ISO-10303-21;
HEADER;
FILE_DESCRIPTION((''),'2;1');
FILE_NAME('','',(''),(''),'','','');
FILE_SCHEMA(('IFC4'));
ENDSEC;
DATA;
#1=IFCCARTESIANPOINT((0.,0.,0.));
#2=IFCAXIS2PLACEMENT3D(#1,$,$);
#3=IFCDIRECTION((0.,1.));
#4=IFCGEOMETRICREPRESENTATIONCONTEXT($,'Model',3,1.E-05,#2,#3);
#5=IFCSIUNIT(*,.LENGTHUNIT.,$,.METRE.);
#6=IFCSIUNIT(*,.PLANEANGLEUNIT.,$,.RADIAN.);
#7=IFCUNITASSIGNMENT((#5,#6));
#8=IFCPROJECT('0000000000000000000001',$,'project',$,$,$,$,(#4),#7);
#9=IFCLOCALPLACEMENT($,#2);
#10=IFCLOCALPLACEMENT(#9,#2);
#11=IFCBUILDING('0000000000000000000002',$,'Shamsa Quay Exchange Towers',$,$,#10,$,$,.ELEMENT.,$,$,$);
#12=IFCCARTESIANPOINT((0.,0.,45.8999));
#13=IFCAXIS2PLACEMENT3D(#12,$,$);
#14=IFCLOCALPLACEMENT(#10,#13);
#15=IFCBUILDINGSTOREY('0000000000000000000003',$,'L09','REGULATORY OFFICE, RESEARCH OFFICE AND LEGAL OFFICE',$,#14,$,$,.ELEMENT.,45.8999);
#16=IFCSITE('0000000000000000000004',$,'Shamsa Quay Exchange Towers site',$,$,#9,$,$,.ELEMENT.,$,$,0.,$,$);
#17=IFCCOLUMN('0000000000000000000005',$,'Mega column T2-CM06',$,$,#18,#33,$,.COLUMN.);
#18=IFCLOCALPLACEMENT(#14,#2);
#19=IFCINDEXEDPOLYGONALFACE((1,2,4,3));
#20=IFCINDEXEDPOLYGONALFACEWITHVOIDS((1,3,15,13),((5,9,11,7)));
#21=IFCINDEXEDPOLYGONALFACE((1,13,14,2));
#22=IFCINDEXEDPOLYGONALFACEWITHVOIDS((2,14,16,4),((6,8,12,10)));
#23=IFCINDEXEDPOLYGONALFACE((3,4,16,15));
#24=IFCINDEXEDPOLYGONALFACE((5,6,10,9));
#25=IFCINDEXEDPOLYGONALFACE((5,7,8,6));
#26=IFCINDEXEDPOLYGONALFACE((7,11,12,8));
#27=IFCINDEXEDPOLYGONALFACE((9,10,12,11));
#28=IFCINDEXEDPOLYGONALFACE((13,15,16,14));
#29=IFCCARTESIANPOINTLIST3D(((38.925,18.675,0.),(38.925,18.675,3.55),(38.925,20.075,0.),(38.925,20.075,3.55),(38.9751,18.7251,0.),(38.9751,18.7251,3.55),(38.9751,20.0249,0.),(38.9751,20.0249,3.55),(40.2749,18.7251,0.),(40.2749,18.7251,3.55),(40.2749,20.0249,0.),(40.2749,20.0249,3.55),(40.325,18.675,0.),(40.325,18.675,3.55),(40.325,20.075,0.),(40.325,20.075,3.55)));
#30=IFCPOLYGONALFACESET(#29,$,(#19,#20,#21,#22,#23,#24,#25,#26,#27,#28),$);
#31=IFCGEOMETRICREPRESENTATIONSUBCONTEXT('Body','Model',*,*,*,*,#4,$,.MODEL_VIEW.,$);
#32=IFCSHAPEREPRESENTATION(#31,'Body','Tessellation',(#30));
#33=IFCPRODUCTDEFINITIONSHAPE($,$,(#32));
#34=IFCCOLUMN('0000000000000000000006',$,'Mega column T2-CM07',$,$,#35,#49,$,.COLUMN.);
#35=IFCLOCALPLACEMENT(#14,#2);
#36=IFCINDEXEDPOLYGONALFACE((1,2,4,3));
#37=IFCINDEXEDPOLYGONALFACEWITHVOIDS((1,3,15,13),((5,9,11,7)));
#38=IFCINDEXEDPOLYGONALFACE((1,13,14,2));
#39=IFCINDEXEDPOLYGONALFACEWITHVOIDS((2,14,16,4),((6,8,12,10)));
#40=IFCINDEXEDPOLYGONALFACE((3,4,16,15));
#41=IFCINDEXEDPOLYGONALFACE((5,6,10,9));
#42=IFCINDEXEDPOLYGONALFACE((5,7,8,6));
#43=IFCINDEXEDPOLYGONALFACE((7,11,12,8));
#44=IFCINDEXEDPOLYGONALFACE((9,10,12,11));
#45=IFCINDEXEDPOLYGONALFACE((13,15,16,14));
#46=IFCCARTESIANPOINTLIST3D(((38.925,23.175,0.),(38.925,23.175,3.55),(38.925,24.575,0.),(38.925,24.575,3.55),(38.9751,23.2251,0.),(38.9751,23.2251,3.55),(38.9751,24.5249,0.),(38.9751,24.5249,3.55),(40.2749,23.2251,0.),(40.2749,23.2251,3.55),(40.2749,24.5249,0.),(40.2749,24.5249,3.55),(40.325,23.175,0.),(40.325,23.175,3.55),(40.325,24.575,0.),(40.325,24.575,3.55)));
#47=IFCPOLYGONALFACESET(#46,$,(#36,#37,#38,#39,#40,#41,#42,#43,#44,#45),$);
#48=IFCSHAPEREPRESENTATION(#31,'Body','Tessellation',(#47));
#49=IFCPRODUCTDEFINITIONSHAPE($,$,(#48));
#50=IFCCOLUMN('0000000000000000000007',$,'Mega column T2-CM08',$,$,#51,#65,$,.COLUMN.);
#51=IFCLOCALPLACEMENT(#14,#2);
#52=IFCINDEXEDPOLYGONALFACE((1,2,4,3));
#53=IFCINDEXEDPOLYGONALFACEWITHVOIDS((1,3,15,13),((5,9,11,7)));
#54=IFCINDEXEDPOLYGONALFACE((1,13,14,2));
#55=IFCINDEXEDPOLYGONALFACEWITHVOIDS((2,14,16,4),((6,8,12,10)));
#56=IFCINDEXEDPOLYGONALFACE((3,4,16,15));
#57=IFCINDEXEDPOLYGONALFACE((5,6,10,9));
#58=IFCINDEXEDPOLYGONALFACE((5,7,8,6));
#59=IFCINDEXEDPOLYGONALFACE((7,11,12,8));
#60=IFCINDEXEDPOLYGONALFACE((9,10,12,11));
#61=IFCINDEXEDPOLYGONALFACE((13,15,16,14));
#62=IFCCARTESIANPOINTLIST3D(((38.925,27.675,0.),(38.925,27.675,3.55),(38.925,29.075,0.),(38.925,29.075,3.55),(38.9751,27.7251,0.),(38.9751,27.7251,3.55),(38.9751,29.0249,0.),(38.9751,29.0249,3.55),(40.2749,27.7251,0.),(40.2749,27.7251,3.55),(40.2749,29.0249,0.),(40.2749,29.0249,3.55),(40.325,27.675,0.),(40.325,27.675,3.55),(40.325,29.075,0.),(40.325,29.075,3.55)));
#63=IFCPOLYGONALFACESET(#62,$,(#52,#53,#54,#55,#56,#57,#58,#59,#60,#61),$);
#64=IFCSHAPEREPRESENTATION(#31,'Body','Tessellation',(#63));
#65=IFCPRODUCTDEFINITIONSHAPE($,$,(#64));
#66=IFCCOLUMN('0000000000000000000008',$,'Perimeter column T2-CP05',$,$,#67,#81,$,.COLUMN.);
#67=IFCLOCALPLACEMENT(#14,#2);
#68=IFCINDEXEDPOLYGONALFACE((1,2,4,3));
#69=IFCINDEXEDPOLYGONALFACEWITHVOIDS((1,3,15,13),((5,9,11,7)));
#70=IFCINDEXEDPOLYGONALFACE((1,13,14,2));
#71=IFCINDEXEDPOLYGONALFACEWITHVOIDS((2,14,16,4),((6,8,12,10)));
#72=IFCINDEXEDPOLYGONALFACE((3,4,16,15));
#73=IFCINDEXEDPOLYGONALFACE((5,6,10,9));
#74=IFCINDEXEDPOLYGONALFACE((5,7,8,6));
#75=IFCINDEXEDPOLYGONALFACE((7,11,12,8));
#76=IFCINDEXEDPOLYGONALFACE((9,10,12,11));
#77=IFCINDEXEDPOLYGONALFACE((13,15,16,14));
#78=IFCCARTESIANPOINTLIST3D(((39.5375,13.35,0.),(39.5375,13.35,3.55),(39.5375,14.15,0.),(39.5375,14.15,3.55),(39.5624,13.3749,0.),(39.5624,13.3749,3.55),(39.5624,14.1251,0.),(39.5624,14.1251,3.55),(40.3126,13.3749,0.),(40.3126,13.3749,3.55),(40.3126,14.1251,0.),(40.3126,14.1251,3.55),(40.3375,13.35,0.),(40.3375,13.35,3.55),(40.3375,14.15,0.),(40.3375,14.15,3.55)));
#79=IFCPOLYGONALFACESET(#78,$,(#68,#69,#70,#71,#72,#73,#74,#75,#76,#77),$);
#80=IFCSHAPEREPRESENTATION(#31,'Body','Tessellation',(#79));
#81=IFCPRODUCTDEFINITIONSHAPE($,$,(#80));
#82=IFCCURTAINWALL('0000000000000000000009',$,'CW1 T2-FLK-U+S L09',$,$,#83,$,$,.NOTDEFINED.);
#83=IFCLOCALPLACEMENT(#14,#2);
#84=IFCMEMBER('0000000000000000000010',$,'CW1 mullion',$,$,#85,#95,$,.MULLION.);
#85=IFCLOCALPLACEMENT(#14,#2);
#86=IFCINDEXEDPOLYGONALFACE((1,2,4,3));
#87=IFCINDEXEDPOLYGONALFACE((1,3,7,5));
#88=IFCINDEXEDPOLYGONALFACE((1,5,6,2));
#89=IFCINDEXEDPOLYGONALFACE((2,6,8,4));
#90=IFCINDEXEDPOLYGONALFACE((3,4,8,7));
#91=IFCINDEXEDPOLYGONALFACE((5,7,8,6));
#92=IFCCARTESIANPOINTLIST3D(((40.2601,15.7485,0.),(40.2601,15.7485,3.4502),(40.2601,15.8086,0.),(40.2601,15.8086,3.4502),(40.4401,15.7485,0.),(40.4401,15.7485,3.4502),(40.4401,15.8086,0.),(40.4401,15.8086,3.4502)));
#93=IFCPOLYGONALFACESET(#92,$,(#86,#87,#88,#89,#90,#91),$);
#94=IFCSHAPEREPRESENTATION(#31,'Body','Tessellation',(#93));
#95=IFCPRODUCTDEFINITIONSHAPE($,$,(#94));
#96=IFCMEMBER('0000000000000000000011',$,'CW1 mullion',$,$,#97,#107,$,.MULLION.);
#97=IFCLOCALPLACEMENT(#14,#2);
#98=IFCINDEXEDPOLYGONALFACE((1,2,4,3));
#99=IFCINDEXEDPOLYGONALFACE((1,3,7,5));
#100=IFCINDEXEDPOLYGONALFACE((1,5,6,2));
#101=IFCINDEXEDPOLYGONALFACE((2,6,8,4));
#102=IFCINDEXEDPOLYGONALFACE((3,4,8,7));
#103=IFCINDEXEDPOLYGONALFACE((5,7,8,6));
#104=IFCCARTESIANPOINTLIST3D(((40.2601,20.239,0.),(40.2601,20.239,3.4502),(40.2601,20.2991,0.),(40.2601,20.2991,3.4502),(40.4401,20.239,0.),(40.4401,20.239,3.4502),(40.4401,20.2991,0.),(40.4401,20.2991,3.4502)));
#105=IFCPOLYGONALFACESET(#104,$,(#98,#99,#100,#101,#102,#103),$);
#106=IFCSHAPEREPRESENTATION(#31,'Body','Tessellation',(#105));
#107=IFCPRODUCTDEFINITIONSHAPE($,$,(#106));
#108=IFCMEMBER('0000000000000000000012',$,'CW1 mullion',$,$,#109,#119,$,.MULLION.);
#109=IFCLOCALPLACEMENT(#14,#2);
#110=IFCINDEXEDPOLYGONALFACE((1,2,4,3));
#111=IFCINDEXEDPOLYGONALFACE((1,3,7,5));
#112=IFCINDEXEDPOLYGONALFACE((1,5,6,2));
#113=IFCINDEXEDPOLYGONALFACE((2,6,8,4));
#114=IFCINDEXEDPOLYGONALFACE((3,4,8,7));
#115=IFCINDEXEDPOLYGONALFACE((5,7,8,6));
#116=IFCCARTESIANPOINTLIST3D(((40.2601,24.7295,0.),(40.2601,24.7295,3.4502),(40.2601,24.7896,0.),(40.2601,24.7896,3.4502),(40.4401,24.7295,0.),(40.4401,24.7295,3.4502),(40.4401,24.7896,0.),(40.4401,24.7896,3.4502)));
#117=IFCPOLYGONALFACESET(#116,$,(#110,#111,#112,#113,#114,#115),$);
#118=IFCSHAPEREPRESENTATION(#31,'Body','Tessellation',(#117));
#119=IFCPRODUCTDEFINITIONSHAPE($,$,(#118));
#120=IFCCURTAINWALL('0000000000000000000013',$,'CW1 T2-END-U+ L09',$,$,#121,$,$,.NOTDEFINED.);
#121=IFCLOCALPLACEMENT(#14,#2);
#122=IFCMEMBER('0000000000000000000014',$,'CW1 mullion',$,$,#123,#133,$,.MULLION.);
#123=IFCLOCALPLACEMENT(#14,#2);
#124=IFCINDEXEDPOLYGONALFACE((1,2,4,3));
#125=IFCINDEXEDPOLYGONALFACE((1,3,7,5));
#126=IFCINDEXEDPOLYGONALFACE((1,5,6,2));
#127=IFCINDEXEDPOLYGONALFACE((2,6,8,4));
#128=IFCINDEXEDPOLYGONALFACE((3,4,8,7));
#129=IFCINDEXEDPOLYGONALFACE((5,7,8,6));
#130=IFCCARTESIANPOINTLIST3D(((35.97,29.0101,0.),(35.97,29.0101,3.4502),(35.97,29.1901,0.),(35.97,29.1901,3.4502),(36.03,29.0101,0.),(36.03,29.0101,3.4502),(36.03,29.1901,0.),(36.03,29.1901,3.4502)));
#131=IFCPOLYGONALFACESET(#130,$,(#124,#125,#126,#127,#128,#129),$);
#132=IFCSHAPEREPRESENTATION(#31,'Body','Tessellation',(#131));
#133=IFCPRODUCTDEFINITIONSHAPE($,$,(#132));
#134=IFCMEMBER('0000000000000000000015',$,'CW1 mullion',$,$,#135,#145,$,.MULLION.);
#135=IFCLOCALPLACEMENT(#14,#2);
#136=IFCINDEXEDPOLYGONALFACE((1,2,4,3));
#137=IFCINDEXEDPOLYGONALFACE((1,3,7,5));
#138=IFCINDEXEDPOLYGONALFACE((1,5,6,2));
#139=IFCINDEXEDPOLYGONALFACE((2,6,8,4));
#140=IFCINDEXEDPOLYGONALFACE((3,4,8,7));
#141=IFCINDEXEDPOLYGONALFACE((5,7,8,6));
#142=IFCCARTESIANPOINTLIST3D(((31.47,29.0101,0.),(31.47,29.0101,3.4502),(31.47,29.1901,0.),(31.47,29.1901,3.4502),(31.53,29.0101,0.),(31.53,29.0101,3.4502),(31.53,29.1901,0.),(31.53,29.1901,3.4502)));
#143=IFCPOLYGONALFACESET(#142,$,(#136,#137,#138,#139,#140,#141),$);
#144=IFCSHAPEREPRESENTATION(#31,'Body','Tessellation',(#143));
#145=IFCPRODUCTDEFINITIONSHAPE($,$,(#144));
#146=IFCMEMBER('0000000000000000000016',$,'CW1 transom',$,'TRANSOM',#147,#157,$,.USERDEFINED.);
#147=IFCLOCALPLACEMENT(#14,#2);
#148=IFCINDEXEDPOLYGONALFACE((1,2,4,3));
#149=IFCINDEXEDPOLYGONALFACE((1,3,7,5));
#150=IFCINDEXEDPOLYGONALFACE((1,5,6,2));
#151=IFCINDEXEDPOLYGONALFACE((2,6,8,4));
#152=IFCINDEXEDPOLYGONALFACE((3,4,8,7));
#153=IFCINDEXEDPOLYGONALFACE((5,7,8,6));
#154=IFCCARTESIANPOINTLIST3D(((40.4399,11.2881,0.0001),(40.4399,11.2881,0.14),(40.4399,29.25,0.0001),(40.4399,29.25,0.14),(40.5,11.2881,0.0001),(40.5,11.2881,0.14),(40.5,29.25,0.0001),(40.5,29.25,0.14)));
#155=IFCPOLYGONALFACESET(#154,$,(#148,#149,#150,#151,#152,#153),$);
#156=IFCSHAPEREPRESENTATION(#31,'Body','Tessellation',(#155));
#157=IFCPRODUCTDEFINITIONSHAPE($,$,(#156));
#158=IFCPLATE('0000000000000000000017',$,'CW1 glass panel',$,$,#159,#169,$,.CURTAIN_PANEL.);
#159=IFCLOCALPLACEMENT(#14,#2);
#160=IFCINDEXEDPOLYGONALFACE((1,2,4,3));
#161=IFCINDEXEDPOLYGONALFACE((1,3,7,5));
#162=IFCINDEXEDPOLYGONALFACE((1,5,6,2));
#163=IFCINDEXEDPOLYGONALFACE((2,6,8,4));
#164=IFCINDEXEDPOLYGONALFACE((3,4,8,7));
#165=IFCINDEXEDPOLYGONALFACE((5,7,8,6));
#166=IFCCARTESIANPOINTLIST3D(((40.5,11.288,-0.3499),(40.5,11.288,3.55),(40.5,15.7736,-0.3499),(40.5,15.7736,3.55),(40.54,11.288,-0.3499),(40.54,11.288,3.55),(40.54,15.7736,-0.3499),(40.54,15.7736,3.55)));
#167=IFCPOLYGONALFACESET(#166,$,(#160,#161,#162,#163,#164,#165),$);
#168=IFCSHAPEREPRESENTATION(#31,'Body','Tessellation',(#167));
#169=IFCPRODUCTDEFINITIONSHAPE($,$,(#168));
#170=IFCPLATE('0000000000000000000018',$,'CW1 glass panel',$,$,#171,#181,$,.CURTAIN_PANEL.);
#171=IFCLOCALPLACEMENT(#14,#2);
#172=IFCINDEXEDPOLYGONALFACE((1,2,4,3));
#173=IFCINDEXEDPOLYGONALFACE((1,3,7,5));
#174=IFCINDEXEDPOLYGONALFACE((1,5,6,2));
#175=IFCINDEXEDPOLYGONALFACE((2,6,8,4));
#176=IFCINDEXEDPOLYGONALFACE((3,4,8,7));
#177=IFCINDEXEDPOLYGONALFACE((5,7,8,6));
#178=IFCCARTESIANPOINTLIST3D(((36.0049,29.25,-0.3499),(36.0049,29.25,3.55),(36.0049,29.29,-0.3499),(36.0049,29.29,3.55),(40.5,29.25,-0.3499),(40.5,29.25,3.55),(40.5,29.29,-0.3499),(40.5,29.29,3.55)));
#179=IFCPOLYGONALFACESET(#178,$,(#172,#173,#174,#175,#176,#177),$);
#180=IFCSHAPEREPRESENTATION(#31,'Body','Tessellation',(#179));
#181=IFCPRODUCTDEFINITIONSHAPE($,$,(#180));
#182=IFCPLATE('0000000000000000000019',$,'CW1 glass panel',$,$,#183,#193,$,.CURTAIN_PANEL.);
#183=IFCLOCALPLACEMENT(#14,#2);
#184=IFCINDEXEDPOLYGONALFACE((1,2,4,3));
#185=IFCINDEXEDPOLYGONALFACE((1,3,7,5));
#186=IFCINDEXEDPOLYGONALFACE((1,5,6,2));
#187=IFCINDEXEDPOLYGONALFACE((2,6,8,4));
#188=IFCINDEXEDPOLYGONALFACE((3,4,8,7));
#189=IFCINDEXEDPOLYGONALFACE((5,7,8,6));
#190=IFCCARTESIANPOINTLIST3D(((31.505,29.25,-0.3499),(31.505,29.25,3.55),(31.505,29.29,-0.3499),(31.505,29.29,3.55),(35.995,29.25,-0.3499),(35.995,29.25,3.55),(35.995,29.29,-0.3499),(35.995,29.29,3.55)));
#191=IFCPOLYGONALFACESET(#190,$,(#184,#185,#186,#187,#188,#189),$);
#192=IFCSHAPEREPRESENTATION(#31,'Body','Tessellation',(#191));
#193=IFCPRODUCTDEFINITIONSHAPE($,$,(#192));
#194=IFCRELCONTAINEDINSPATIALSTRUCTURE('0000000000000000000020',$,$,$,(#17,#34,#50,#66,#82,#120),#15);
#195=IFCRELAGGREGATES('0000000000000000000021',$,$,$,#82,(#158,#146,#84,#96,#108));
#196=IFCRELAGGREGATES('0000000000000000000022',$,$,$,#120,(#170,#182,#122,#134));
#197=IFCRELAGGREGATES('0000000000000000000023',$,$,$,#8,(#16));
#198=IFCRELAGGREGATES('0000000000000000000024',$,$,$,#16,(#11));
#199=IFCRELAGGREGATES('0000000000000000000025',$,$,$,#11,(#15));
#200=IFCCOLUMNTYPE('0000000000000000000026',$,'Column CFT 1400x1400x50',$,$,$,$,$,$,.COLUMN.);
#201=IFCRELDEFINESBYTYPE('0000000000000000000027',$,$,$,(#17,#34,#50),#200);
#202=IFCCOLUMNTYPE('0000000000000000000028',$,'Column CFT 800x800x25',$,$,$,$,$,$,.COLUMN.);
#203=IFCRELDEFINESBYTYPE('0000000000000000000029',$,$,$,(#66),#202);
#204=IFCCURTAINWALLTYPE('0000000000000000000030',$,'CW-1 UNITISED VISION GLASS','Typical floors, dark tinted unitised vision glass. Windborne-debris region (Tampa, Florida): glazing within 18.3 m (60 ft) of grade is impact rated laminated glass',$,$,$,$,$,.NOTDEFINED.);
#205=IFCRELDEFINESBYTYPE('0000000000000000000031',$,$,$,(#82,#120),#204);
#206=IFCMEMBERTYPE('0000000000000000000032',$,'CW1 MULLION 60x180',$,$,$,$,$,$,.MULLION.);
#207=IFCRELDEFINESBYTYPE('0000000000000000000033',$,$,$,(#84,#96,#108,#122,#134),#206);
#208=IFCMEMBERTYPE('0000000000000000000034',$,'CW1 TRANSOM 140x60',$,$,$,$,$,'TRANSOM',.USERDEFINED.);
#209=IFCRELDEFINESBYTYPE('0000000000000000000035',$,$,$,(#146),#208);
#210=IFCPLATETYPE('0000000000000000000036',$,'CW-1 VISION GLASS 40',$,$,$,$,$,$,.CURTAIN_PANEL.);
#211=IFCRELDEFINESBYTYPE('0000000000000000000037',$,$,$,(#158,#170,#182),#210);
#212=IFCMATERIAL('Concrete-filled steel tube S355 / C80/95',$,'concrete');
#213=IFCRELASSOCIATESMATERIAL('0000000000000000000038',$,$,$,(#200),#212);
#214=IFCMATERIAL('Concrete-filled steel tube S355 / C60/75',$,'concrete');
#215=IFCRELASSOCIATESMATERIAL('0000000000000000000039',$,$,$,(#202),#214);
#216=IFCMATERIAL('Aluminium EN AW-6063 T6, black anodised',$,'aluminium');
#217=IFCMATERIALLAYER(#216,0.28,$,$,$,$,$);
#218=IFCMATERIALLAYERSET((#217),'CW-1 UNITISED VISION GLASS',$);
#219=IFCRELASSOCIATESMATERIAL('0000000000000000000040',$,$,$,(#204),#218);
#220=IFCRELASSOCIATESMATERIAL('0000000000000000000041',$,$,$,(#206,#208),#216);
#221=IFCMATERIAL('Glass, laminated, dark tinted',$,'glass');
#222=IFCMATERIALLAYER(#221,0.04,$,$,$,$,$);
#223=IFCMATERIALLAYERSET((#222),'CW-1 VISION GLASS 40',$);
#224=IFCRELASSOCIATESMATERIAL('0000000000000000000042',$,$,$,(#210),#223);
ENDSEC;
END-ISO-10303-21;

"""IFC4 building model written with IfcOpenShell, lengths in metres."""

from ifc_helpers import new_model, si_unit, direction, frame, origin, origin_2d, place, context, subcontext, project, spatial, rectangle, hollow_rectangle, extrude, material, layer, layer_set, material_profile, profile_set, type_object, element, aggregate, save


model = new_model("IFC4")

# Units and contexts
model_context = context("Model", 3, precision=1e-05, world=origin(), true_north=direction((0.0, 1.0)))
body_context = subcontext(model_context, "Body", "Model", "MODEL_VIEW")
ifc_project = project(units=[si_unit("LENGTHUNIT", "METRE"), si_unit("PLANEANGLEUNIT", "RADIAN")], contexts=[model_context])

# Site, building, storey
site_placement = place(None, origin())
site = spatial("IfcSite", under=ifc_project, at=site_placement, Name="Shamsa Quay Exchange Towers site", CompositionType="ELEMENT", RefElevation=0.0)
building_placement = place(site_placement, origin())
building = spatial("IfcBuilding", under=site, at=building_placement, Name="Shamsa Quay Exchange Towers", CompositionType="ELEMENT")
storey_placement = place(building_placement, frame((0.0, 0.0, 45.8999)))
storey = spatial("IfcBuildingStorey", under=building, at=storey_placement, Name="L09", Description="REGULATORY OFFICE, RESEARCH OFFICE AND LEGAL OFFICE", CompositionType="ELEMENT", Elevation=45.8999)

# Columns
ifc_material_1 = material(Name="Concrete-filled steel tube S355 / C80/95", Category="concrete")
ifc_material_profile_1 = material_profile(ifc_material_1, hollow_rectangle(XDim=1.3999, YDim=1.3999, WallThickness=0.05, at=origin_2d()), Name="CFT 1400x1400x50")
ifc_profile_set_1 = profile_set([ifc_material_profile_1], Name="Concrete-filled steel tube S355 / C80/95")
column_type_1 = type_object("IfcColumnType", Name="Column CFT 1400x1400x50", PredefinedType="COLUMN", material=ifc_profile_set_1)
for number, where, name in (
    (1, (39.625, 19.375, 0.0), "Mega column T2-CM06"),
    (2, (39.625, 23.875, 0.0), "Mega column T2-CM07"),
    (3, (39.625, 28.375, 0.0), "Mega column T2-CM08"),
):
    element("IfcColumn", number, at=place(storey_placement, frame(where)), inside=storey, type_object=column_type_1, Name=name, PredefinedType="COLUMN", context=body_context, shape_type="SweptSolid", body=[
        extrude(hollow_rectangle(XDim=1.3999, YDim=1.3999, WallThickness=0.05, at=origin_2d()), origin(), (0.0, 0.0, 1.0), 3.55),
    ])
ifc_material_2 = material(Name="Concrete-filled steel tube S355 / C60/75", Category="concrete")
ifc_material_profile_2 = material_profile(ifc_material_2, hollow_rectangle(XDim=0.8, YDim=0.8, WallThickness=0.0249, at=origin_2d()), Name="CFT 800x800x25")
ifc_profile_set_2 = profile_set([ifc_material_profile_2], Name="Concrete-filled steel tube S355 / C60/75")
column_type_2 = type_object("IfcColumnType", Name="Column CFT 800x800x25", PredefinedType="COLUMN", material=ifc_profile_set_2)
column_placement = place(storey_placement, frame((39.9375, 13.75, 0.0)))
element("IfcColumn", 4, at=column_placement, inside=storey, type_object=column_type_2, Name="Perimeter column T2-CP05", PredefinedType="COLUMN", context=body_context, shape_type="SweptSolid", body=[
    extrude(hollow_rectangle(XDim=0.8, YDim=0.8, WallThickness=0.0249, at=origin_2d()), origin(), (0.0, 0.0, 1.0), 3.55),
])

# Curtain walls, members
ifc_material_3 = material(Name="Aluminium EN AW-6063 T6, black anodised", Category="aluminium")
ifc_layer_1 = layer(ifc_material_3, 0.28)
ifc_layer_set_1 = layer_set([ifc_layer_1], Name="CW-1 UNITISED VISION GLASS")
curtain_wall_type = type_object("IfcCurtainWallType", Name="CW-1 UNITISED VISION GLASS", Description="Typical floors, dark tinted unitised vision glass. Windborne-debris region (Tampa, Florida): glazing within 18.3 m (60 ft) of grade is impact rated laminated glass", PredefinedType="NOTDEFINED", material=ifc_layer_set_1)
curtain_wall_1_placement = place(storey_placement, origin())
curtain_wall_1 = element("IfcCurtainWall", 5, at=curtain_wall_1_placement, inside=storey, type_object=curtain_wall_type, Name="CW1 T2-FLK-U+S L09", PredefinedType="NOTDEFINED")
ifc_material_profile_3 = material_profile(ifc_material_3, rectangle(XDim=0.1799, YDim=0.0601, at=origin_2d()), Name="MU60x180")
ifc_profile_set_3 = profile_set([ifc_material_profile_3], Name="Aluminium EN AW-6063 T6, black anodised")
member_type_1 = type_object("IfcMemberType", Name="CW1 MULLION 60x180", PredefinedType="MULLION", material=ifc_profile_set_3)
member_1_placement = place(storey_placement, frame((40.3501, 15.7786, 0.0), z_axis=(0.0, 0.0, 1.0), x_axis=(-1.0, 0.0, 0.0)))
member_1 = element("IfcMember", 6, at=member_1_placement, type_object=member_type_1, Name="CW1 mullion", PredefinedType="MULLION", context=body_context, shape_type="SweptSolid", body=[
    extrude(rectangle(XDim=0.1799, YDim=0.0601, at=origin_2d()), origin(), (0.0, 0.0, 1.0), 3.4502),
])
member_2_placement = place(storey_placement, frame((40.3501, 20.269, 0.0), z_axis=(0.0, 0.0, 1.0), x_axis=(-1.0, 0.0, 0.0)))
member_2 = element("IfcMember", 7, at=member_2_placement, type_object=member_type_1, Name="CW1 mullion", PredefinedType="MULLION", context=body_context, shape_type="SweptSolid", body=[
    extrude(rectangle(XDim=0.1799, YDim=0.0601, at=origin_2d()), origin(), (0.0, 0.0, 1.0), 3.4502),
])
member_3_placement = place(storey_placement, frame((40.3501, 24.7595, 0.0), z_axis=(0.0, 0.0, 1.0), x_axis=(-1.0, 0.0, 0.0)))
member_3 = element("IfcMember", 8, at=member_3_placement, type_object=member_type_1, Name="CW1 mullion", PredefinedType="MULLION", context=body_context, shape_type="SweptSolid", body=[
    extrude(rectangle(XDim=0.1799, YDim=0.0601, at=origin_2d()), origin(), (0.0, 0.0, 1.0), 3.4502),
])
curtain_wall_2_placement = place(storey_placement, origin())
curtain_wall_2 = element("IfcCurtainWall", 9, at=curtain_wall_2_placement, inside=storey, type_object=curtain_wall_type, Name="CW1 T2-END-U+ L09", PredefinedType="NOTDEFINED")
member_4_placement = place(storey_placement, frame((36.0, 29.1001, 0.0), z_axis=(0.0, 0.0, 1.0), x_axis=(0.0, -1.0, 0.0)))
member_4 = element("IfcMember", 10, at=member_4_placement, type_object=member_type_1, Name="CW1 mullion", PredefinedType="MULLION", context=body_context, shape_type="SweptSolid", body=[
    extrude(rectangle(XDim=0.1799, YDim=0.0601, at=origin_2d()), origin(), (0.0, 0.0, 1.0), 3.4502),
])
member_5_placement = place(storey_placement, frame((31.5, 29.1001, 0.0), z_axis=(0.0, 0.0, 1.0), x_axis=(0.0, -1.0, 0.0)))
member_5 = element("IfcMember", 11, at=member_5_placement, type_object=member_type_1, Name="CW1 mullion", PredefinedType="MULLION", context=body_context, shape_type="SweptSolid", body=[
    extrude(rectangle(XDim=0.1799, YDim=0.0601, at=origin_2d()), origin(), (0.0, 0.0, 1.0), 3.4502),
])

# Member
ifc_material_profile_4 = material_profile(ifc_material_3, rectangle(XDim=0.0601, YDim=0.1399, at=origin_2d()), Name="TR140x60")
ifc_profile_set_4 = profile_set([ifc_material_profile_4], Name="Aluminium EN AW-6063 T6, black anodised")
member_type_2 = type_object("IfcMemberType", Name="CW1 TRANSOM 140x60", ElementType="TRANSOM", PredefinedType="USERDEFINED", material=ifc_profile_set_4)
member_6_placement = place(storey_placement, frame((40.47, 11.2881, 0.0701), z_axis=(0.0, 1.0, 0.0), x_axis=(-1.0, 0.0, 0.0)))
member_6 = element("IfcMember", 12, at=member_6_placement, type_object=member_type_2, Name="CW1 transom", ObjectType="TRANSOM", PredefinedType="USERDEFINED", context=body_context, shape_type="SweptSolid", body=[
    extrude(rectangle(XDim=0.0601, YDim=0.1399, at=origin_2d()), origin(), (0.0, 0.0, 1.0), 17.9619),
])

# Plates
ifc_material_4 = material(Name="Glass, laminated, dark tinted", Category="glass")
ifc_layer_2 = layer(ifc_material_4, 0.04)
ifc_layer_set_2 = layer_set([ifc_layer_2], Name="CW-1 VISION GLASS 40")
plate_type = type_object("IfcPlateType", Name="CW-1 VISION GLASS 40", PredefinedType="CURTAIN_PANEL", material=ifc_layer_set_2)
plate_1_placement = place(storey_placement, frame((40.52, 13.5308, -0.3499), z_axis=(0.0, 0.0, 1.0), x_axis=(0.0, 1.0, 0.0)))
plate_1 = element("IfcPlate", 13, at=plate_1_placement, type_object=plate_type, Name="CW1 glass panel", PredefinedType="CURTAIN_PANEL", context=body_context, shape_type="SweptSolid", body=[
    extrude(rectangle(XDim=4.4856, YDim=0.04, at=origin_2d()), origin(), (0.0, 0.0, 1.0), 3.8999),
])
aggregate(curtain_wall_1, [plate_1, member_6, member_1, member_2, member_3])
plate_2_placement = place(storey_placement, frame((38.2524, 29.27, -0.3499), z_axis=(0.0, 0.0, 1.0), x_axis=(-1.0, 0.0, 0.0)))
plate_2 = element("IfcPlate", 14, at=plate_2_placement, type_object=plate_type, Name="CW1 glass panel", PredefinedType="CURTAIN_PANEL", context=body_context, shape_type="SweptSolid", body=[
    extrude(rectangle(XDim=4.4951, YDim=0.04, at=origin_2d()), origin(), (0.0, 0.0, 1.0), 3.8999),
])
plate_3_placement = place(storey_placement, frame((33.75, 29.27, -0.3499), z_axis=(0.0, 0.0, 1.0), x_axis=(-1.0, 0.0, 0.0)))
plate_3 = element("IfcPlate", 15, at=plate_3_placement, type_object=plate_type, Name="CW1 glass panel", PredefinedType="CURTAIN_PANEL", context=body_context, shape_type="SweptSolid", body=[
    extrude(rectangle(XDim=4.49, YDim=0.04, at=origin_2d()), origin(), (0.0, 0.0, 1.0), 3.8999),
])
aggregate(curtain_wall_2, [plate_2, plate_3, member_4, member_5])

save(model, "model.ifc")
